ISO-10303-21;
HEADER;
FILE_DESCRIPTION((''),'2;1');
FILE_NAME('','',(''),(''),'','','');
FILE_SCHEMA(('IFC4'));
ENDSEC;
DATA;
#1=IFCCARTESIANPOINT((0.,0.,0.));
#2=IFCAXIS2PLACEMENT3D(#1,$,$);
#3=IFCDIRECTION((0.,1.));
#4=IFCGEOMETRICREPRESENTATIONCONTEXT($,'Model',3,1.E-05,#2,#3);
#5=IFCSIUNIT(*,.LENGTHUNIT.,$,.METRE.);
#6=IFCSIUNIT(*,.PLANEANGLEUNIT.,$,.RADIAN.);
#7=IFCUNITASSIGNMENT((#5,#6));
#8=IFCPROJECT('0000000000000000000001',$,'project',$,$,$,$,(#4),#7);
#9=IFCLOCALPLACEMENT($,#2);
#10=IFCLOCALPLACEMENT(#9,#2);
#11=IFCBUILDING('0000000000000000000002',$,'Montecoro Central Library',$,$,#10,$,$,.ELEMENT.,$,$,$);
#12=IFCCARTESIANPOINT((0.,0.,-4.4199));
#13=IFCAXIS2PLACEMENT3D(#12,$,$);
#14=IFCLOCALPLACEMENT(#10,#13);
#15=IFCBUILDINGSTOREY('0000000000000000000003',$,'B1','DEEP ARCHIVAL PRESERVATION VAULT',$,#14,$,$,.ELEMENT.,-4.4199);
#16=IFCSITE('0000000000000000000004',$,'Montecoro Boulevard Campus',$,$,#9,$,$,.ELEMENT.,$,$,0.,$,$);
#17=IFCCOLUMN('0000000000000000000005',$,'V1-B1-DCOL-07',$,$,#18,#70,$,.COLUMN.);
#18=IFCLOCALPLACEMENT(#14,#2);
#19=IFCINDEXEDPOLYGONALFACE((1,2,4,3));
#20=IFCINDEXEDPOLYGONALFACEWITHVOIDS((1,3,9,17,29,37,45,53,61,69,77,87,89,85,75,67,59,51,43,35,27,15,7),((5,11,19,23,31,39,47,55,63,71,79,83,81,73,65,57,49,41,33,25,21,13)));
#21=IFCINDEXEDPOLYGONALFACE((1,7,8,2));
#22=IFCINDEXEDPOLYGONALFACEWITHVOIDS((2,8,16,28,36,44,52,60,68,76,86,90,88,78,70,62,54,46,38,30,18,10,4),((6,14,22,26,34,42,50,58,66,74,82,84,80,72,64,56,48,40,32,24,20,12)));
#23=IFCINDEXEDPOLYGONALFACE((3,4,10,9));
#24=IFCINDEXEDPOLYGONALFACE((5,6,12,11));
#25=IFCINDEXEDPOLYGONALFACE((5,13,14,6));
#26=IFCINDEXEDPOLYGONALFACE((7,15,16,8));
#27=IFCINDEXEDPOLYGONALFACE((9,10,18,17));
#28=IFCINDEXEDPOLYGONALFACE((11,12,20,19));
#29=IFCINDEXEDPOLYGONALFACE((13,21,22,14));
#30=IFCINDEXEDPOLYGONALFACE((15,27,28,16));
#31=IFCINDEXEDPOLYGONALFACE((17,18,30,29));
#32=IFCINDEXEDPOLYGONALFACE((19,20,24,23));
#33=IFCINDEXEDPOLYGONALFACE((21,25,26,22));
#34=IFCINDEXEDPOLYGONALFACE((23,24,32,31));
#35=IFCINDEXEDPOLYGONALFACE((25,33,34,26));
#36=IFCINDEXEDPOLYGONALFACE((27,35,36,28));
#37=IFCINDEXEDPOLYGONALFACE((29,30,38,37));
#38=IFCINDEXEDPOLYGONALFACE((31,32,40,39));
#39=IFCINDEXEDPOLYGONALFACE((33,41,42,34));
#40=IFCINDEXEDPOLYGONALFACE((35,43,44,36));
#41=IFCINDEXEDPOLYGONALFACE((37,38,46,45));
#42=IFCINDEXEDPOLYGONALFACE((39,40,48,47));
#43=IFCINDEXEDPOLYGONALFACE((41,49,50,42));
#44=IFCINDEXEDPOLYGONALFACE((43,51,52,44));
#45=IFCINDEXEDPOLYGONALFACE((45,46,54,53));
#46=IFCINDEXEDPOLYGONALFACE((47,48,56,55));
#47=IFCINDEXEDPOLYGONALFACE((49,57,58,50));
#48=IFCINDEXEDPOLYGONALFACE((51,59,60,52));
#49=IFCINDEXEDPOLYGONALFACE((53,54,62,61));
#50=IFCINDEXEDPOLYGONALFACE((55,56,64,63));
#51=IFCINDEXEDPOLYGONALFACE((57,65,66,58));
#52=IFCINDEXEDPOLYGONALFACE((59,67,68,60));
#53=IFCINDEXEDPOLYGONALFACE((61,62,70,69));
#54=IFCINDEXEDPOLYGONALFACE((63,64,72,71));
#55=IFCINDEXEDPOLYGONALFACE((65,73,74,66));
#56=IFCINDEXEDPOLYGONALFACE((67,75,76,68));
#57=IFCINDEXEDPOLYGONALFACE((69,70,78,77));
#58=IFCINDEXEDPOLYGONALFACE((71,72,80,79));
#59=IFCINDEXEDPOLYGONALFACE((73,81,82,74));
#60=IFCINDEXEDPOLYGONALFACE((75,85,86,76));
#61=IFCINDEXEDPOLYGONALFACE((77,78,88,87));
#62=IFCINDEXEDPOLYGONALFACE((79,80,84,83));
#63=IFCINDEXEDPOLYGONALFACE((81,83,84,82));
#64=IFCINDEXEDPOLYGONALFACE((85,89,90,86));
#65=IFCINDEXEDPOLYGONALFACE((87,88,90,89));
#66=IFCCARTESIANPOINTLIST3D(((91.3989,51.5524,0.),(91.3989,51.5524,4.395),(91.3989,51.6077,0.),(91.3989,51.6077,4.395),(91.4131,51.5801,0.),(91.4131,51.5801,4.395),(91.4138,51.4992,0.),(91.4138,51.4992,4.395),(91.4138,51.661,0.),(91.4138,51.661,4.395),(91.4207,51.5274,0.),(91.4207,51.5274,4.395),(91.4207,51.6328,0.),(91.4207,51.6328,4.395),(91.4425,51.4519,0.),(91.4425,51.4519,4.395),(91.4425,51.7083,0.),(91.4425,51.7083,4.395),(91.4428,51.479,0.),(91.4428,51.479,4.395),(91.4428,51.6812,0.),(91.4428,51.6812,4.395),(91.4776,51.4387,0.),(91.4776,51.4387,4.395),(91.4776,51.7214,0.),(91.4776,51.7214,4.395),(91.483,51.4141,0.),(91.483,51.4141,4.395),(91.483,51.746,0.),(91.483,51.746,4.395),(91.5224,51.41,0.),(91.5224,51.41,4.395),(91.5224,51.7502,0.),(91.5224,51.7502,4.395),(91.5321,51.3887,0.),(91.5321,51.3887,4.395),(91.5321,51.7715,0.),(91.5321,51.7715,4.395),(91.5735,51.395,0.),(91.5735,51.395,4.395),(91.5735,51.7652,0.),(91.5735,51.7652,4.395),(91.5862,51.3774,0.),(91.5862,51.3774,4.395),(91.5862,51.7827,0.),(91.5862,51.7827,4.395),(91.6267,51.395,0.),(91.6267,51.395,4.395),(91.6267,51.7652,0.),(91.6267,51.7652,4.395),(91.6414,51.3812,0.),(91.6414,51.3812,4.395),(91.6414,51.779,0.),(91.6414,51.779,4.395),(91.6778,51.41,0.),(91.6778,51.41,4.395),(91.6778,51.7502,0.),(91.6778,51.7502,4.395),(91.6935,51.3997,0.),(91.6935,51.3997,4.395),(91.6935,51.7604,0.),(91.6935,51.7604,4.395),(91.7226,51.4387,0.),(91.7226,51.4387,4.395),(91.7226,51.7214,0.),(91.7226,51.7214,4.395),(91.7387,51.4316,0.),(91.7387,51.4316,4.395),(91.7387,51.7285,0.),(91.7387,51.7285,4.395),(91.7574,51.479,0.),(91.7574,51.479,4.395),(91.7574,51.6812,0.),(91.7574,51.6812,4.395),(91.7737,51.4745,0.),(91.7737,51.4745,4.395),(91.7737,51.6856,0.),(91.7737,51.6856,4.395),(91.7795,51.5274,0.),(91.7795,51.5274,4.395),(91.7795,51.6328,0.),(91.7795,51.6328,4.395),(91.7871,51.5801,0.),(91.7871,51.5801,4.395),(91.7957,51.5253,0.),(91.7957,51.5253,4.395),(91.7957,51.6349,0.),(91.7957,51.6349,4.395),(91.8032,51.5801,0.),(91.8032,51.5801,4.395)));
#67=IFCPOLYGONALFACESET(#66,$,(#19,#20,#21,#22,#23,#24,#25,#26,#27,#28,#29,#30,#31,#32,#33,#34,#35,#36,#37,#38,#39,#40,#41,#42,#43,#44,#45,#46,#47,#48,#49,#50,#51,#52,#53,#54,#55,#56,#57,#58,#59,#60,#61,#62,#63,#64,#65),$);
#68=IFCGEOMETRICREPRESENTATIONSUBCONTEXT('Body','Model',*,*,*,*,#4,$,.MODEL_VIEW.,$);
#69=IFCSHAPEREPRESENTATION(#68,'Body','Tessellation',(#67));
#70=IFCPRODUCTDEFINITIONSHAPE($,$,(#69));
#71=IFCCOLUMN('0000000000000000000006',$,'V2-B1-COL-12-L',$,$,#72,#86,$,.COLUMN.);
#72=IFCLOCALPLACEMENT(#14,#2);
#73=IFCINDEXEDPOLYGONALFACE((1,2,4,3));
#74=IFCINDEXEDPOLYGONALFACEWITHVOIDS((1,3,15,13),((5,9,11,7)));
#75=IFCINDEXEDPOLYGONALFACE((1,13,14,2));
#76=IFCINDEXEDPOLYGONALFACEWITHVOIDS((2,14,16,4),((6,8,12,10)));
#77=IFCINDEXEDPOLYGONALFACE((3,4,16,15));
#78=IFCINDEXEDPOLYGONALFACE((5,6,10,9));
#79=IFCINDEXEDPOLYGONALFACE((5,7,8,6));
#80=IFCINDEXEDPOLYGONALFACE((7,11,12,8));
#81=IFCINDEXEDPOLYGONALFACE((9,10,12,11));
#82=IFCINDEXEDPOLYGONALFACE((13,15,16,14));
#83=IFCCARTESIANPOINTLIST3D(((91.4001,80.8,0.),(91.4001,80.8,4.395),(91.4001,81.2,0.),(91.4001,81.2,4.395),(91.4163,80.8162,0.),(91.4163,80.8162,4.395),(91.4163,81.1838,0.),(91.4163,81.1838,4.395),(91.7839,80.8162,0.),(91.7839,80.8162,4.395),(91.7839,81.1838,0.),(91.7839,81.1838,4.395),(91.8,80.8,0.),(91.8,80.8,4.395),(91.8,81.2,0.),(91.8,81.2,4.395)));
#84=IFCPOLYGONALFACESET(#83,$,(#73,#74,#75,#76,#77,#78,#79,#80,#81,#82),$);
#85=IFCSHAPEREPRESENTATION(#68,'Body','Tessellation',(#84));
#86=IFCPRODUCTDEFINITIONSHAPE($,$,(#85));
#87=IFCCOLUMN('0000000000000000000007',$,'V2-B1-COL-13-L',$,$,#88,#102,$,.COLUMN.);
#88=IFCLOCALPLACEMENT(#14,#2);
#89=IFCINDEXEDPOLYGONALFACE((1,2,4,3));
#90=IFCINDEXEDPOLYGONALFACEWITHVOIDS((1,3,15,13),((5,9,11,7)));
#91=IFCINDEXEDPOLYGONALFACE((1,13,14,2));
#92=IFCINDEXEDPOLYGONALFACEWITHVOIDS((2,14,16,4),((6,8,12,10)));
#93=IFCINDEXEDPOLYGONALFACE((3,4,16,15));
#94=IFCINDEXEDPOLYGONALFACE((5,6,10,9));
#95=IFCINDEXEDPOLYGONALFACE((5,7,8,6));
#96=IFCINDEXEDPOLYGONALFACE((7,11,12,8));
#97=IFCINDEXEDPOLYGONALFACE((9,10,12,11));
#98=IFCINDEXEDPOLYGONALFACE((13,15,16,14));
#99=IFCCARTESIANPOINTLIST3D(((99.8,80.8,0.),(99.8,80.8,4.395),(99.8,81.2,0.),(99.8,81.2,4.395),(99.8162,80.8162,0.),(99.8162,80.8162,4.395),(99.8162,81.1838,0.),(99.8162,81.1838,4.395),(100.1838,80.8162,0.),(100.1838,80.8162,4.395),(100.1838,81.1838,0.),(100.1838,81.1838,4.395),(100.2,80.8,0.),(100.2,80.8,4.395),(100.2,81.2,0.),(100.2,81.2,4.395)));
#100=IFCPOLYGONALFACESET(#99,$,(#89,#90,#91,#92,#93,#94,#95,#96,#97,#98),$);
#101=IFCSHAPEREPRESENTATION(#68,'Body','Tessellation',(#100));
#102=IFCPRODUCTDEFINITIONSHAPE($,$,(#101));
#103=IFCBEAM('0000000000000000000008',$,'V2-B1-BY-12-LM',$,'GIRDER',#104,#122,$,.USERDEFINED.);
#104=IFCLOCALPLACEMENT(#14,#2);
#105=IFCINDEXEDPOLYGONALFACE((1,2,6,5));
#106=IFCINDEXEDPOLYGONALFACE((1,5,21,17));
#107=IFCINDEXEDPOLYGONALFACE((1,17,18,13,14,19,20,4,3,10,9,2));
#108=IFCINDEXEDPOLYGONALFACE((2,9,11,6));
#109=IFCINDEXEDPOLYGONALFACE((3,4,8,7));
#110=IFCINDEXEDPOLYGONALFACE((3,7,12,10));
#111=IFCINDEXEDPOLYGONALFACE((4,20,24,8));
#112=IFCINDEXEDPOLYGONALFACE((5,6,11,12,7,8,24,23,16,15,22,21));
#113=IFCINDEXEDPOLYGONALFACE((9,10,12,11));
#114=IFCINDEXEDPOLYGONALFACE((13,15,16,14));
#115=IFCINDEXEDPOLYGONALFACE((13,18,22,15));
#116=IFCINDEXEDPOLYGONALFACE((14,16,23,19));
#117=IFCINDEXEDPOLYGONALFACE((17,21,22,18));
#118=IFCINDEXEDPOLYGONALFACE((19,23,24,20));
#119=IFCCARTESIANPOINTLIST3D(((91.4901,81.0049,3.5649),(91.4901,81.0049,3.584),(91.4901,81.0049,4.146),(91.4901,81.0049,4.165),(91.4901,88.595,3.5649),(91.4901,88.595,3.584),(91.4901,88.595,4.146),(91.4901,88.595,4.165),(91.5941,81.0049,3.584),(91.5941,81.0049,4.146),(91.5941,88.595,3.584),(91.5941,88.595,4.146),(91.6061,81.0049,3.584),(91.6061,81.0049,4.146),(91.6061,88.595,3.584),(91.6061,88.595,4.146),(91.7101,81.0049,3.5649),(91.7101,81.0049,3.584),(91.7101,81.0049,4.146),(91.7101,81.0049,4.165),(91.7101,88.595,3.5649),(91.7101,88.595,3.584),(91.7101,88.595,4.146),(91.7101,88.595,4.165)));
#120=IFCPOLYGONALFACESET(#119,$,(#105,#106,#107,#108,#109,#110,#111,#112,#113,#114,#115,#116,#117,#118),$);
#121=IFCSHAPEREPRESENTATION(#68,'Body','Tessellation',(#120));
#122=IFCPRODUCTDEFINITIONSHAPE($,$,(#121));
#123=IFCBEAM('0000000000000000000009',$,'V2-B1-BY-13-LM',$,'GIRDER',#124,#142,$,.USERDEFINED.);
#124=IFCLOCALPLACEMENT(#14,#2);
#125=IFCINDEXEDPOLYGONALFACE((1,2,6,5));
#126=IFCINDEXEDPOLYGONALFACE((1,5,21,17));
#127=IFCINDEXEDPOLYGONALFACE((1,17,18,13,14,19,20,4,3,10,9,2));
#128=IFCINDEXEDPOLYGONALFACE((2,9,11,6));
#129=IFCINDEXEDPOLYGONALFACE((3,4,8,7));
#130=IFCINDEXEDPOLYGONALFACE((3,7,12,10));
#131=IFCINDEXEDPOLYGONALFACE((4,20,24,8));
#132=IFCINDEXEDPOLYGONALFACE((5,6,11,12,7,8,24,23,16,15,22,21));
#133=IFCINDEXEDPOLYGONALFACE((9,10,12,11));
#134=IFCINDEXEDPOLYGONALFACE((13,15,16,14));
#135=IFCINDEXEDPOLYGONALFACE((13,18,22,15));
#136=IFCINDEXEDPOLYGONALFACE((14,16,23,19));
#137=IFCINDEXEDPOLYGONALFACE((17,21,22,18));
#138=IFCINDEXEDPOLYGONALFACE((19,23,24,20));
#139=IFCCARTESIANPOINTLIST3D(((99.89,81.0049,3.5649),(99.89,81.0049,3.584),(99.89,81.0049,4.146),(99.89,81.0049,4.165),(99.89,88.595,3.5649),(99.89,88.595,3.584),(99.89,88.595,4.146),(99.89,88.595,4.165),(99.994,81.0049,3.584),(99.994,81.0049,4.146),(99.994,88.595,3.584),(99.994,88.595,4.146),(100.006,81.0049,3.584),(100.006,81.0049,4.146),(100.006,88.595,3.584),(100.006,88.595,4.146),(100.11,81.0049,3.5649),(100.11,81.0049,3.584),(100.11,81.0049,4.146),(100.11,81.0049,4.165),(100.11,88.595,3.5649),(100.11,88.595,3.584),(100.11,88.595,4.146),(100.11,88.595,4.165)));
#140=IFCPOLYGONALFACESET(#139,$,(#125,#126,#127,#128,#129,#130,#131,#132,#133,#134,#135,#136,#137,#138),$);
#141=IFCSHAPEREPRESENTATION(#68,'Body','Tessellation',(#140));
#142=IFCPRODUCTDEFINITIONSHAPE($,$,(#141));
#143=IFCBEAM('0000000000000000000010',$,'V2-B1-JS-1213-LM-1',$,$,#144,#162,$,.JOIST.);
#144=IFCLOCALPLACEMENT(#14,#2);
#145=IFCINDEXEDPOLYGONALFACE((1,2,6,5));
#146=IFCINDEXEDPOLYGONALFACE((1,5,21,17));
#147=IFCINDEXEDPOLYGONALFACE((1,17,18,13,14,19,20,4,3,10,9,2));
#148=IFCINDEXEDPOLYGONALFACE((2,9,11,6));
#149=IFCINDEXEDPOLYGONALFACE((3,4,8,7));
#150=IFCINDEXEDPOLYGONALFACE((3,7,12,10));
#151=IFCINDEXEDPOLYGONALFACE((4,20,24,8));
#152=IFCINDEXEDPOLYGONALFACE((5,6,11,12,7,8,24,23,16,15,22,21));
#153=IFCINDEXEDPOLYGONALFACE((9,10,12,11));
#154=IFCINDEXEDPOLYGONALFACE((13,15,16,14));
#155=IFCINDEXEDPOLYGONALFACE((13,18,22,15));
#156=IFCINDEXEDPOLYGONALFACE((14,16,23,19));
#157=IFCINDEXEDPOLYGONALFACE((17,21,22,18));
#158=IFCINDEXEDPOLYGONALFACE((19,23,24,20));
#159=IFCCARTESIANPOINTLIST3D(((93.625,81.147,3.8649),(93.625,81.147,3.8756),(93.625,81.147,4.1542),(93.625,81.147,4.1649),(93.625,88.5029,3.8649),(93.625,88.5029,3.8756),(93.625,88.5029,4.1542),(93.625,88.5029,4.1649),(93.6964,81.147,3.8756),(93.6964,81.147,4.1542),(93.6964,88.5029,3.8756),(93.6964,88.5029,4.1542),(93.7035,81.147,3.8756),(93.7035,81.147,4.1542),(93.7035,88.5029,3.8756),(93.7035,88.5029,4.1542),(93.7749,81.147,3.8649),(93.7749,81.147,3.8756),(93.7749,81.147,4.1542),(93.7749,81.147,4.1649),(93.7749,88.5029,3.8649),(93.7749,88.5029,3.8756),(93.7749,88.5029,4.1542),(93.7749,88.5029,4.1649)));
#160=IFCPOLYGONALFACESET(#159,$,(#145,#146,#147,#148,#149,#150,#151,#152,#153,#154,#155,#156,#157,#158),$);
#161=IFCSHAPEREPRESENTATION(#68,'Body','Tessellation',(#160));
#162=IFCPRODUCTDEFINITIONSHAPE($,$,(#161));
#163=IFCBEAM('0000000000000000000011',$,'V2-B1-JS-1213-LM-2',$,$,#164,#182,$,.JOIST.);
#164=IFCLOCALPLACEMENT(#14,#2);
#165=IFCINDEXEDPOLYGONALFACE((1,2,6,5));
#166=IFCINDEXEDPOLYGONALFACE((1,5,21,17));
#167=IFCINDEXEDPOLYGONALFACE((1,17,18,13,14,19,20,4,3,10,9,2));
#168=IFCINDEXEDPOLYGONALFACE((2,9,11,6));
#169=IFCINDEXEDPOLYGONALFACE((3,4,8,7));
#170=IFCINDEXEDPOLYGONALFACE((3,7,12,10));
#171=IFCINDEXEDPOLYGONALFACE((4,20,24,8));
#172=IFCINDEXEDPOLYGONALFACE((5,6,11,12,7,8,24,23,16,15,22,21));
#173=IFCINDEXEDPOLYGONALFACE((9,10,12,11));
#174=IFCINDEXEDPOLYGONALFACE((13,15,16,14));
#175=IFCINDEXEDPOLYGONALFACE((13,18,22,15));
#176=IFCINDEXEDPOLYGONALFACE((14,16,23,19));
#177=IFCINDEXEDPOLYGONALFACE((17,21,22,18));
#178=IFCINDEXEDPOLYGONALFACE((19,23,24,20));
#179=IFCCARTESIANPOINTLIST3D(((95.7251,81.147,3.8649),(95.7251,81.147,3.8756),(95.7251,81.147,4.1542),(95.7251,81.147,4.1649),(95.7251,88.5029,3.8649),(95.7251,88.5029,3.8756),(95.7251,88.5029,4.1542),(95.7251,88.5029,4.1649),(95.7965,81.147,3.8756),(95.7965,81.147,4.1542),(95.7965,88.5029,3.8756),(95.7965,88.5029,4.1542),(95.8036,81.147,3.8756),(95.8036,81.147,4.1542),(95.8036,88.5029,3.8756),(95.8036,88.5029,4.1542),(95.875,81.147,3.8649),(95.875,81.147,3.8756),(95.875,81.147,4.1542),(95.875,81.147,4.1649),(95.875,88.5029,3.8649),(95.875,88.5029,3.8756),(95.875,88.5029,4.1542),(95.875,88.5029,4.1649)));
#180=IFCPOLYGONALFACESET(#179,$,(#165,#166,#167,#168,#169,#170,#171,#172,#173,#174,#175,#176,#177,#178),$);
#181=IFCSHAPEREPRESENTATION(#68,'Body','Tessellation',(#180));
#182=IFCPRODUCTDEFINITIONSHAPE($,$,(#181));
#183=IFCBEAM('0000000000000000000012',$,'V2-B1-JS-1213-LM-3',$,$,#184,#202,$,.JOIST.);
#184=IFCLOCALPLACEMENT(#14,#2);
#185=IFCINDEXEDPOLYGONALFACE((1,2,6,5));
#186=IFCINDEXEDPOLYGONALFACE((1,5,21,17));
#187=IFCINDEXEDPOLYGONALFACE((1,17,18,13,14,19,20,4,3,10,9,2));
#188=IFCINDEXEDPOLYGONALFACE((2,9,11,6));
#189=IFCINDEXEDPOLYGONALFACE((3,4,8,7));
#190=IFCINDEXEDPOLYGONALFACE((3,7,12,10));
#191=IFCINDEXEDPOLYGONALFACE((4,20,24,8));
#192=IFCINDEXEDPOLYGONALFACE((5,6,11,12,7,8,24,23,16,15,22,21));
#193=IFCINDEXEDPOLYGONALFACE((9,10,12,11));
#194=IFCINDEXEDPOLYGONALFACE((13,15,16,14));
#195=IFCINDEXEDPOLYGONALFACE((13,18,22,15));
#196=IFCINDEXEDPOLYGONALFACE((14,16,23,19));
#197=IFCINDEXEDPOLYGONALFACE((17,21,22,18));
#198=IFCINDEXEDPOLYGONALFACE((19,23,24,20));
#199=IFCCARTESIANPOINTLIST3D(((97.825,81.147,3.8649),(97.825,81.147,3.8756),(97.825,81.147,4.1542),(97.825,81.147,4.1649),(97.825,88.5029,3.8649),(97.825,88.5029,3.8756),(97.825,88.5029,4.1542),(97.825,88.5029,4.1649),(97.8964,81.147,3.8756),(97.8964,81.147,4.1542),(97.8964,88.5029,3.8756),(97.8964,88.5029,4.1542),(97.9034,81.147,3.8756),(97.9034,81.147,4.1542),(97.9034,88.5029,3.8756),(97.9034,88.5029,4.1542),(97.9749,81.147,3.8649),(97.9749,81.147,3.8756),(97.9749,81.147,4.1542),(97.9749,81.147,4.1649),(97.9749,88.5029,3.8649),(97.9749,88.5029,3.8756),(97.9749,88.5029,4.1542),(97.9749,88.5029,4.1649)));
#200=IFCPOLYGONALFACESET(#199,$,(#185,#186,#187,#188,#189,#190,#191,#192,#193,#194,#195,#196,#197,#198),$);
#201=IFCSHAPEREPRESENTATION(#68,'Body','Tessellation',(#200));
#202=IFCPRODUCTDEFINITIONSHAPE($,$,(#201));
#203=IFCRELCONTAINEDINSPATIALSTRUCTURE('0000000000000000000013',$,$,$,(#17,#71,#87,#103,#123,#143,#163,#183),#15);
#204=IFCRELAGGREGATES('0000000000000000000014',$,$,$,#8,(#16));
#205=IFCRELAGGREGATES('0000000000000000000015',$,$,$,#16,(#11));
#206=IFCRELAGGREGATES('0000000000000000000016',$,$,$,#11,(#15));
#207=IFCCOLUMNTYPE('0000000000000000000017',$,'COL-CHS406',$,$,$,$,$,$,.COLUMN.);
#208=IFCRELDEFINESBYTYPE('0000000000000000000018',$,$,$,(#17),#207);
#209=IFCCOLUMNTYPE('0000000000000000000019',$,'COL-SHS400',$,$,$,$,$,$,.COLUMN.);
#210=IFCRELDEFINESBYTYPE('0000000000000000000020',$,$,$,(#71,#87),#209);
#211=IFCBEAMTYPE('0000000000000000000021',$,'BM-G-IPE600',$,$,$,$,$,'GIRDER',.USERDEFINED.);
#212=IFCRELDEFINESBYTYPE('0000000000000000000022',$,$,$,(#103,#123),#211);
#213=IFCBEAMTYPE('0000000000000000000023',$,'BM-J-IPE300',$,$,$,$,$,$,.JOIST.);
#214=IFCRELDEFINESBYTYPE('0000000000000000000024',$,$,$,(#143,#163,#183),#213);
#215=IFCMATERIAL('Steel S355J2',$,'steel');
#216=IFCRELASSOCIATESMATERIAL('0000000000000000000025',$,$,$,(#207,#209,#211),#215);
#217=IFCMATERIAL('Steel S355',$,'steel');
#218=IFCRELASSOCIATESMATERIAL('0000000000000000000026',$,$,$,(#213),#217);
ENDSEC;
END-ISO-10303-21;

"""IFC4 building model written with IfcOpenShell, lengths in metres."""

from ifc_helpers import new_model, si_unit, direction, frame, origin, origin_2d, place, context, subcontext, project, spatial, hollow_rectangle, hollow_circle, i_section, extrude, material, material_profile, profile_set, type_object, element, save


model = new_model("IFC4")

# Units and contexts
model_context = context("Model", 3, precision=1e-05, world=origin(), true_north=direction((0.0, 1.0)))
body_context = subcontext(model_context, "Body", "Model", "MODEL_VIEW")
ifc_project = project(units=[si_unit("LENGTHUNIT", "METRE"), si_unit("PLANEANGLEUNIT", "RADIAN")], contexts=[model_context])

# Site, building, storey
site_placement = place(None, origin())
site = spatial("IfcSite", under=ifc_project, at=site_placement, Name="Montecoro Boulevard Campus", CompositionType="ELEMENT", RefElevation=0.0)
building_placement = place(site_placement, origin())
building = spatial("IfcBuilding", under=site, at=building_placement, Name="Montecoro Central Library", CompositionType="ELEMENT")
storey_placement = place(building_placement, frame((0.0, 0.0, -4.4199)))
storey = spatial("IfcBuildingStorey", under=building, at=storey_placement, Name="B1", Description="DEEP ARCHIVAL PRESERVATION VAULT", CompositionType="ELEMENT", Elevation=-4.4199)

# Columns
ifc_material_1 = material(Name="Steel S355J2", Category="steel")
ifc_material_profile_1 = material_profile(ifc_material_1, hollow_circle(Radius=0.2031, WallThickness=0.0161, at=origin_2d()), Name="CHS 406.4x16.0")
ifc_profile_set_1 = profile_set([ifc_material_profile_1], Name="Steel S355J2")
column_type_1 = type_object("IfcColumnType", Name="COL-CHS406", PredefinedType="COLUMN", material=ifc_profile_set_1)
for number, where, z_axis, x_axis, name in (
    (1, (91.6001, 51.5801, 0.0), (0.0, 0.0, 1.0), (1.0, 0.0, 0.0), "V1-B1-DCOL-07"),
):
    element("IfcColumn", number, at=place(storey_placement, frame(where, z_axis=z_axis, x_axis=x_axis)), inside=storey, type_object=column_type_1, Name=name, PredefinedType="COLUMN", context=body_context, shape_type="SweptSolid", body=[
        extrude(hollow_circle(Radius=0.2031, WallThickness=0.0161, at=origin_2d()), origin(), (0.0, 0.0, 1.0), 4.395),
    ])
ifc_material_profile_2 = material_profile(ifc_material_1, hollow_rectangle(XDim=0.3999, YDim=0.3999, WallThickness=0.0161, at=origin_2d()), Name="SHS 400x400x16.0")
ifc_profile_set_2 = profile_set([ifc_material_profile_2], Name="Steel S355J2")
column_type_2 = type_object("IfcColumnType", Name="COL-SHS400", PredefinedType="COLUMN", material=ifc_profile_set_2)
for number, where, z_axis, x_axis, name in (
    (2, (91.6001, 81.0, 0.0), (0.0, 0.0, 1.0), (1.0, 0.0, 0.0), "V2-B1-COL-12-L"),
    (3, (100.0, 81.0, 0.0), (0.0, 0.0, 1.0), (1.0, 0.0, 0.0), "V2-B1-COL-13-L"),
):
    element("IfcColumn", number, at=place(storey_placement, frame(where, z_axis=z_axis, x_axis=x_axis)), inside=storey, type_object=column_type_2, Name=name, PredefinedType="COLUMN", context=body_context, shape_type="SweptSolid", body=[
        extrude(hollow_rectangle(XDim=0.3999, YDim=0.3999, WallThickness=0.0161, at=origin_2d()), origin(), (0.0, 0.0, 1.0), 4.395),
    ])

# Beams
ifc_material_profile_3 = material_profile(ifc_material_1, i_section(OverallWidth=0.22, OverallDepth=0.6001, WebThickness=0.012, FlangeThickness=0.019, at=origin_2d()), Name="IPE 600")
ifc_profile_set_3 = profile_set([ifc_material_profile_3], Name="Steel S355J2")
beam_type_1 = type_object("IfcBeamType", Name="BM-G-IPE600", ElementType="GIRDER", PredefinedType="USERDEFINED", material=ifc_profile_set_3)
for number, where, z_axis, x_axis, name in (
    (4, (91.6001, 81.0049, 3.865), (0.0, 1.0, 0.0), (-1.0, 0.0, 0.0), "V2-B1-BY-12-LM"),
    (5, (100.0, 81.0049, 3.865), (0.0, 1.0, 0.0), (-1.0, 0.0, 0.0), "V2-B1-BY-13-LM"),
):
    element("IfcBeam", number, at=place(storey_placement, frame(where, z_axis=z_axis, x_axis=x_axis)), inside=storey, type_object=beam_type_1, Name=name, ObjectType="GIRDER", PredefinedType="USERDEFINED", context=body_context, shape_type="SweptSolid", body=[
        extrude(i_section(OverallWidth=0.22, OverallDepth=0.6001, WebThickness=0.012, FlangeThickness=0.019, at=origin_2d()), origin(), (0.0, 0.0, 1.0), 7.5901),
    ])
ifc_material_2 = material(Name="Steel S355", Category="steel")
ifc_material_profile_4 = material_profile(ifc_material_2, i_section(OverallWidth=0.1499, OverallDepth=0.3, WebThickness=0.0071, FlangeThickness=0.0107, at=origin_2d()), Name="IPE 300")
ifc_profile_set_4 = profile_set([ifc_material_profile_4], Name="Steel S355")
beam_type_2 = type_object("IfcBeamType", Name="BM-J-IPE300", PredefinedType="JOIST", material=ifc_profile_set_4)
for number, where, z_axis, x_axis, name in (
    (6, (93.7, 81.147, 4.0149), (0.0, 1.0, 0.0), (-1.0, 0.0, 0.0), "V2-B1-JS-1213-LM-1"),
    (7, (95.8, 81.147, 4.0149), (0.0, 1.0, 0.0), (-1.0, 0.0, 0.0), "V2-B1-JS-1213-LM-2"),
    (8, (97.8999, 81.147, 4.0149), (0.0, 1.0, 0.0), (-1.0, 0.0, 0.0), "V2-B1-JS-1213-LM-3"),
):
    element("IfcBeam", number, at=place(storey_placement, frame(where, z_axis=z_axis, x_axis=x_axis)), inside=storey, type_object=beam_type_2, Name=name, PredefinedType="JOIST", context=body_context, shape_type="SweptSolid", body=[
        extrude(i_section(OverallWidth=0.1499, OverallDepth=0.3, WebThickness=0.0071, FlangeThickness=0.0107, at=origin_2d()), origin(), (0.0, 0.0, 1.0), 7.356),
    ])

save(model, "model.ifc")
